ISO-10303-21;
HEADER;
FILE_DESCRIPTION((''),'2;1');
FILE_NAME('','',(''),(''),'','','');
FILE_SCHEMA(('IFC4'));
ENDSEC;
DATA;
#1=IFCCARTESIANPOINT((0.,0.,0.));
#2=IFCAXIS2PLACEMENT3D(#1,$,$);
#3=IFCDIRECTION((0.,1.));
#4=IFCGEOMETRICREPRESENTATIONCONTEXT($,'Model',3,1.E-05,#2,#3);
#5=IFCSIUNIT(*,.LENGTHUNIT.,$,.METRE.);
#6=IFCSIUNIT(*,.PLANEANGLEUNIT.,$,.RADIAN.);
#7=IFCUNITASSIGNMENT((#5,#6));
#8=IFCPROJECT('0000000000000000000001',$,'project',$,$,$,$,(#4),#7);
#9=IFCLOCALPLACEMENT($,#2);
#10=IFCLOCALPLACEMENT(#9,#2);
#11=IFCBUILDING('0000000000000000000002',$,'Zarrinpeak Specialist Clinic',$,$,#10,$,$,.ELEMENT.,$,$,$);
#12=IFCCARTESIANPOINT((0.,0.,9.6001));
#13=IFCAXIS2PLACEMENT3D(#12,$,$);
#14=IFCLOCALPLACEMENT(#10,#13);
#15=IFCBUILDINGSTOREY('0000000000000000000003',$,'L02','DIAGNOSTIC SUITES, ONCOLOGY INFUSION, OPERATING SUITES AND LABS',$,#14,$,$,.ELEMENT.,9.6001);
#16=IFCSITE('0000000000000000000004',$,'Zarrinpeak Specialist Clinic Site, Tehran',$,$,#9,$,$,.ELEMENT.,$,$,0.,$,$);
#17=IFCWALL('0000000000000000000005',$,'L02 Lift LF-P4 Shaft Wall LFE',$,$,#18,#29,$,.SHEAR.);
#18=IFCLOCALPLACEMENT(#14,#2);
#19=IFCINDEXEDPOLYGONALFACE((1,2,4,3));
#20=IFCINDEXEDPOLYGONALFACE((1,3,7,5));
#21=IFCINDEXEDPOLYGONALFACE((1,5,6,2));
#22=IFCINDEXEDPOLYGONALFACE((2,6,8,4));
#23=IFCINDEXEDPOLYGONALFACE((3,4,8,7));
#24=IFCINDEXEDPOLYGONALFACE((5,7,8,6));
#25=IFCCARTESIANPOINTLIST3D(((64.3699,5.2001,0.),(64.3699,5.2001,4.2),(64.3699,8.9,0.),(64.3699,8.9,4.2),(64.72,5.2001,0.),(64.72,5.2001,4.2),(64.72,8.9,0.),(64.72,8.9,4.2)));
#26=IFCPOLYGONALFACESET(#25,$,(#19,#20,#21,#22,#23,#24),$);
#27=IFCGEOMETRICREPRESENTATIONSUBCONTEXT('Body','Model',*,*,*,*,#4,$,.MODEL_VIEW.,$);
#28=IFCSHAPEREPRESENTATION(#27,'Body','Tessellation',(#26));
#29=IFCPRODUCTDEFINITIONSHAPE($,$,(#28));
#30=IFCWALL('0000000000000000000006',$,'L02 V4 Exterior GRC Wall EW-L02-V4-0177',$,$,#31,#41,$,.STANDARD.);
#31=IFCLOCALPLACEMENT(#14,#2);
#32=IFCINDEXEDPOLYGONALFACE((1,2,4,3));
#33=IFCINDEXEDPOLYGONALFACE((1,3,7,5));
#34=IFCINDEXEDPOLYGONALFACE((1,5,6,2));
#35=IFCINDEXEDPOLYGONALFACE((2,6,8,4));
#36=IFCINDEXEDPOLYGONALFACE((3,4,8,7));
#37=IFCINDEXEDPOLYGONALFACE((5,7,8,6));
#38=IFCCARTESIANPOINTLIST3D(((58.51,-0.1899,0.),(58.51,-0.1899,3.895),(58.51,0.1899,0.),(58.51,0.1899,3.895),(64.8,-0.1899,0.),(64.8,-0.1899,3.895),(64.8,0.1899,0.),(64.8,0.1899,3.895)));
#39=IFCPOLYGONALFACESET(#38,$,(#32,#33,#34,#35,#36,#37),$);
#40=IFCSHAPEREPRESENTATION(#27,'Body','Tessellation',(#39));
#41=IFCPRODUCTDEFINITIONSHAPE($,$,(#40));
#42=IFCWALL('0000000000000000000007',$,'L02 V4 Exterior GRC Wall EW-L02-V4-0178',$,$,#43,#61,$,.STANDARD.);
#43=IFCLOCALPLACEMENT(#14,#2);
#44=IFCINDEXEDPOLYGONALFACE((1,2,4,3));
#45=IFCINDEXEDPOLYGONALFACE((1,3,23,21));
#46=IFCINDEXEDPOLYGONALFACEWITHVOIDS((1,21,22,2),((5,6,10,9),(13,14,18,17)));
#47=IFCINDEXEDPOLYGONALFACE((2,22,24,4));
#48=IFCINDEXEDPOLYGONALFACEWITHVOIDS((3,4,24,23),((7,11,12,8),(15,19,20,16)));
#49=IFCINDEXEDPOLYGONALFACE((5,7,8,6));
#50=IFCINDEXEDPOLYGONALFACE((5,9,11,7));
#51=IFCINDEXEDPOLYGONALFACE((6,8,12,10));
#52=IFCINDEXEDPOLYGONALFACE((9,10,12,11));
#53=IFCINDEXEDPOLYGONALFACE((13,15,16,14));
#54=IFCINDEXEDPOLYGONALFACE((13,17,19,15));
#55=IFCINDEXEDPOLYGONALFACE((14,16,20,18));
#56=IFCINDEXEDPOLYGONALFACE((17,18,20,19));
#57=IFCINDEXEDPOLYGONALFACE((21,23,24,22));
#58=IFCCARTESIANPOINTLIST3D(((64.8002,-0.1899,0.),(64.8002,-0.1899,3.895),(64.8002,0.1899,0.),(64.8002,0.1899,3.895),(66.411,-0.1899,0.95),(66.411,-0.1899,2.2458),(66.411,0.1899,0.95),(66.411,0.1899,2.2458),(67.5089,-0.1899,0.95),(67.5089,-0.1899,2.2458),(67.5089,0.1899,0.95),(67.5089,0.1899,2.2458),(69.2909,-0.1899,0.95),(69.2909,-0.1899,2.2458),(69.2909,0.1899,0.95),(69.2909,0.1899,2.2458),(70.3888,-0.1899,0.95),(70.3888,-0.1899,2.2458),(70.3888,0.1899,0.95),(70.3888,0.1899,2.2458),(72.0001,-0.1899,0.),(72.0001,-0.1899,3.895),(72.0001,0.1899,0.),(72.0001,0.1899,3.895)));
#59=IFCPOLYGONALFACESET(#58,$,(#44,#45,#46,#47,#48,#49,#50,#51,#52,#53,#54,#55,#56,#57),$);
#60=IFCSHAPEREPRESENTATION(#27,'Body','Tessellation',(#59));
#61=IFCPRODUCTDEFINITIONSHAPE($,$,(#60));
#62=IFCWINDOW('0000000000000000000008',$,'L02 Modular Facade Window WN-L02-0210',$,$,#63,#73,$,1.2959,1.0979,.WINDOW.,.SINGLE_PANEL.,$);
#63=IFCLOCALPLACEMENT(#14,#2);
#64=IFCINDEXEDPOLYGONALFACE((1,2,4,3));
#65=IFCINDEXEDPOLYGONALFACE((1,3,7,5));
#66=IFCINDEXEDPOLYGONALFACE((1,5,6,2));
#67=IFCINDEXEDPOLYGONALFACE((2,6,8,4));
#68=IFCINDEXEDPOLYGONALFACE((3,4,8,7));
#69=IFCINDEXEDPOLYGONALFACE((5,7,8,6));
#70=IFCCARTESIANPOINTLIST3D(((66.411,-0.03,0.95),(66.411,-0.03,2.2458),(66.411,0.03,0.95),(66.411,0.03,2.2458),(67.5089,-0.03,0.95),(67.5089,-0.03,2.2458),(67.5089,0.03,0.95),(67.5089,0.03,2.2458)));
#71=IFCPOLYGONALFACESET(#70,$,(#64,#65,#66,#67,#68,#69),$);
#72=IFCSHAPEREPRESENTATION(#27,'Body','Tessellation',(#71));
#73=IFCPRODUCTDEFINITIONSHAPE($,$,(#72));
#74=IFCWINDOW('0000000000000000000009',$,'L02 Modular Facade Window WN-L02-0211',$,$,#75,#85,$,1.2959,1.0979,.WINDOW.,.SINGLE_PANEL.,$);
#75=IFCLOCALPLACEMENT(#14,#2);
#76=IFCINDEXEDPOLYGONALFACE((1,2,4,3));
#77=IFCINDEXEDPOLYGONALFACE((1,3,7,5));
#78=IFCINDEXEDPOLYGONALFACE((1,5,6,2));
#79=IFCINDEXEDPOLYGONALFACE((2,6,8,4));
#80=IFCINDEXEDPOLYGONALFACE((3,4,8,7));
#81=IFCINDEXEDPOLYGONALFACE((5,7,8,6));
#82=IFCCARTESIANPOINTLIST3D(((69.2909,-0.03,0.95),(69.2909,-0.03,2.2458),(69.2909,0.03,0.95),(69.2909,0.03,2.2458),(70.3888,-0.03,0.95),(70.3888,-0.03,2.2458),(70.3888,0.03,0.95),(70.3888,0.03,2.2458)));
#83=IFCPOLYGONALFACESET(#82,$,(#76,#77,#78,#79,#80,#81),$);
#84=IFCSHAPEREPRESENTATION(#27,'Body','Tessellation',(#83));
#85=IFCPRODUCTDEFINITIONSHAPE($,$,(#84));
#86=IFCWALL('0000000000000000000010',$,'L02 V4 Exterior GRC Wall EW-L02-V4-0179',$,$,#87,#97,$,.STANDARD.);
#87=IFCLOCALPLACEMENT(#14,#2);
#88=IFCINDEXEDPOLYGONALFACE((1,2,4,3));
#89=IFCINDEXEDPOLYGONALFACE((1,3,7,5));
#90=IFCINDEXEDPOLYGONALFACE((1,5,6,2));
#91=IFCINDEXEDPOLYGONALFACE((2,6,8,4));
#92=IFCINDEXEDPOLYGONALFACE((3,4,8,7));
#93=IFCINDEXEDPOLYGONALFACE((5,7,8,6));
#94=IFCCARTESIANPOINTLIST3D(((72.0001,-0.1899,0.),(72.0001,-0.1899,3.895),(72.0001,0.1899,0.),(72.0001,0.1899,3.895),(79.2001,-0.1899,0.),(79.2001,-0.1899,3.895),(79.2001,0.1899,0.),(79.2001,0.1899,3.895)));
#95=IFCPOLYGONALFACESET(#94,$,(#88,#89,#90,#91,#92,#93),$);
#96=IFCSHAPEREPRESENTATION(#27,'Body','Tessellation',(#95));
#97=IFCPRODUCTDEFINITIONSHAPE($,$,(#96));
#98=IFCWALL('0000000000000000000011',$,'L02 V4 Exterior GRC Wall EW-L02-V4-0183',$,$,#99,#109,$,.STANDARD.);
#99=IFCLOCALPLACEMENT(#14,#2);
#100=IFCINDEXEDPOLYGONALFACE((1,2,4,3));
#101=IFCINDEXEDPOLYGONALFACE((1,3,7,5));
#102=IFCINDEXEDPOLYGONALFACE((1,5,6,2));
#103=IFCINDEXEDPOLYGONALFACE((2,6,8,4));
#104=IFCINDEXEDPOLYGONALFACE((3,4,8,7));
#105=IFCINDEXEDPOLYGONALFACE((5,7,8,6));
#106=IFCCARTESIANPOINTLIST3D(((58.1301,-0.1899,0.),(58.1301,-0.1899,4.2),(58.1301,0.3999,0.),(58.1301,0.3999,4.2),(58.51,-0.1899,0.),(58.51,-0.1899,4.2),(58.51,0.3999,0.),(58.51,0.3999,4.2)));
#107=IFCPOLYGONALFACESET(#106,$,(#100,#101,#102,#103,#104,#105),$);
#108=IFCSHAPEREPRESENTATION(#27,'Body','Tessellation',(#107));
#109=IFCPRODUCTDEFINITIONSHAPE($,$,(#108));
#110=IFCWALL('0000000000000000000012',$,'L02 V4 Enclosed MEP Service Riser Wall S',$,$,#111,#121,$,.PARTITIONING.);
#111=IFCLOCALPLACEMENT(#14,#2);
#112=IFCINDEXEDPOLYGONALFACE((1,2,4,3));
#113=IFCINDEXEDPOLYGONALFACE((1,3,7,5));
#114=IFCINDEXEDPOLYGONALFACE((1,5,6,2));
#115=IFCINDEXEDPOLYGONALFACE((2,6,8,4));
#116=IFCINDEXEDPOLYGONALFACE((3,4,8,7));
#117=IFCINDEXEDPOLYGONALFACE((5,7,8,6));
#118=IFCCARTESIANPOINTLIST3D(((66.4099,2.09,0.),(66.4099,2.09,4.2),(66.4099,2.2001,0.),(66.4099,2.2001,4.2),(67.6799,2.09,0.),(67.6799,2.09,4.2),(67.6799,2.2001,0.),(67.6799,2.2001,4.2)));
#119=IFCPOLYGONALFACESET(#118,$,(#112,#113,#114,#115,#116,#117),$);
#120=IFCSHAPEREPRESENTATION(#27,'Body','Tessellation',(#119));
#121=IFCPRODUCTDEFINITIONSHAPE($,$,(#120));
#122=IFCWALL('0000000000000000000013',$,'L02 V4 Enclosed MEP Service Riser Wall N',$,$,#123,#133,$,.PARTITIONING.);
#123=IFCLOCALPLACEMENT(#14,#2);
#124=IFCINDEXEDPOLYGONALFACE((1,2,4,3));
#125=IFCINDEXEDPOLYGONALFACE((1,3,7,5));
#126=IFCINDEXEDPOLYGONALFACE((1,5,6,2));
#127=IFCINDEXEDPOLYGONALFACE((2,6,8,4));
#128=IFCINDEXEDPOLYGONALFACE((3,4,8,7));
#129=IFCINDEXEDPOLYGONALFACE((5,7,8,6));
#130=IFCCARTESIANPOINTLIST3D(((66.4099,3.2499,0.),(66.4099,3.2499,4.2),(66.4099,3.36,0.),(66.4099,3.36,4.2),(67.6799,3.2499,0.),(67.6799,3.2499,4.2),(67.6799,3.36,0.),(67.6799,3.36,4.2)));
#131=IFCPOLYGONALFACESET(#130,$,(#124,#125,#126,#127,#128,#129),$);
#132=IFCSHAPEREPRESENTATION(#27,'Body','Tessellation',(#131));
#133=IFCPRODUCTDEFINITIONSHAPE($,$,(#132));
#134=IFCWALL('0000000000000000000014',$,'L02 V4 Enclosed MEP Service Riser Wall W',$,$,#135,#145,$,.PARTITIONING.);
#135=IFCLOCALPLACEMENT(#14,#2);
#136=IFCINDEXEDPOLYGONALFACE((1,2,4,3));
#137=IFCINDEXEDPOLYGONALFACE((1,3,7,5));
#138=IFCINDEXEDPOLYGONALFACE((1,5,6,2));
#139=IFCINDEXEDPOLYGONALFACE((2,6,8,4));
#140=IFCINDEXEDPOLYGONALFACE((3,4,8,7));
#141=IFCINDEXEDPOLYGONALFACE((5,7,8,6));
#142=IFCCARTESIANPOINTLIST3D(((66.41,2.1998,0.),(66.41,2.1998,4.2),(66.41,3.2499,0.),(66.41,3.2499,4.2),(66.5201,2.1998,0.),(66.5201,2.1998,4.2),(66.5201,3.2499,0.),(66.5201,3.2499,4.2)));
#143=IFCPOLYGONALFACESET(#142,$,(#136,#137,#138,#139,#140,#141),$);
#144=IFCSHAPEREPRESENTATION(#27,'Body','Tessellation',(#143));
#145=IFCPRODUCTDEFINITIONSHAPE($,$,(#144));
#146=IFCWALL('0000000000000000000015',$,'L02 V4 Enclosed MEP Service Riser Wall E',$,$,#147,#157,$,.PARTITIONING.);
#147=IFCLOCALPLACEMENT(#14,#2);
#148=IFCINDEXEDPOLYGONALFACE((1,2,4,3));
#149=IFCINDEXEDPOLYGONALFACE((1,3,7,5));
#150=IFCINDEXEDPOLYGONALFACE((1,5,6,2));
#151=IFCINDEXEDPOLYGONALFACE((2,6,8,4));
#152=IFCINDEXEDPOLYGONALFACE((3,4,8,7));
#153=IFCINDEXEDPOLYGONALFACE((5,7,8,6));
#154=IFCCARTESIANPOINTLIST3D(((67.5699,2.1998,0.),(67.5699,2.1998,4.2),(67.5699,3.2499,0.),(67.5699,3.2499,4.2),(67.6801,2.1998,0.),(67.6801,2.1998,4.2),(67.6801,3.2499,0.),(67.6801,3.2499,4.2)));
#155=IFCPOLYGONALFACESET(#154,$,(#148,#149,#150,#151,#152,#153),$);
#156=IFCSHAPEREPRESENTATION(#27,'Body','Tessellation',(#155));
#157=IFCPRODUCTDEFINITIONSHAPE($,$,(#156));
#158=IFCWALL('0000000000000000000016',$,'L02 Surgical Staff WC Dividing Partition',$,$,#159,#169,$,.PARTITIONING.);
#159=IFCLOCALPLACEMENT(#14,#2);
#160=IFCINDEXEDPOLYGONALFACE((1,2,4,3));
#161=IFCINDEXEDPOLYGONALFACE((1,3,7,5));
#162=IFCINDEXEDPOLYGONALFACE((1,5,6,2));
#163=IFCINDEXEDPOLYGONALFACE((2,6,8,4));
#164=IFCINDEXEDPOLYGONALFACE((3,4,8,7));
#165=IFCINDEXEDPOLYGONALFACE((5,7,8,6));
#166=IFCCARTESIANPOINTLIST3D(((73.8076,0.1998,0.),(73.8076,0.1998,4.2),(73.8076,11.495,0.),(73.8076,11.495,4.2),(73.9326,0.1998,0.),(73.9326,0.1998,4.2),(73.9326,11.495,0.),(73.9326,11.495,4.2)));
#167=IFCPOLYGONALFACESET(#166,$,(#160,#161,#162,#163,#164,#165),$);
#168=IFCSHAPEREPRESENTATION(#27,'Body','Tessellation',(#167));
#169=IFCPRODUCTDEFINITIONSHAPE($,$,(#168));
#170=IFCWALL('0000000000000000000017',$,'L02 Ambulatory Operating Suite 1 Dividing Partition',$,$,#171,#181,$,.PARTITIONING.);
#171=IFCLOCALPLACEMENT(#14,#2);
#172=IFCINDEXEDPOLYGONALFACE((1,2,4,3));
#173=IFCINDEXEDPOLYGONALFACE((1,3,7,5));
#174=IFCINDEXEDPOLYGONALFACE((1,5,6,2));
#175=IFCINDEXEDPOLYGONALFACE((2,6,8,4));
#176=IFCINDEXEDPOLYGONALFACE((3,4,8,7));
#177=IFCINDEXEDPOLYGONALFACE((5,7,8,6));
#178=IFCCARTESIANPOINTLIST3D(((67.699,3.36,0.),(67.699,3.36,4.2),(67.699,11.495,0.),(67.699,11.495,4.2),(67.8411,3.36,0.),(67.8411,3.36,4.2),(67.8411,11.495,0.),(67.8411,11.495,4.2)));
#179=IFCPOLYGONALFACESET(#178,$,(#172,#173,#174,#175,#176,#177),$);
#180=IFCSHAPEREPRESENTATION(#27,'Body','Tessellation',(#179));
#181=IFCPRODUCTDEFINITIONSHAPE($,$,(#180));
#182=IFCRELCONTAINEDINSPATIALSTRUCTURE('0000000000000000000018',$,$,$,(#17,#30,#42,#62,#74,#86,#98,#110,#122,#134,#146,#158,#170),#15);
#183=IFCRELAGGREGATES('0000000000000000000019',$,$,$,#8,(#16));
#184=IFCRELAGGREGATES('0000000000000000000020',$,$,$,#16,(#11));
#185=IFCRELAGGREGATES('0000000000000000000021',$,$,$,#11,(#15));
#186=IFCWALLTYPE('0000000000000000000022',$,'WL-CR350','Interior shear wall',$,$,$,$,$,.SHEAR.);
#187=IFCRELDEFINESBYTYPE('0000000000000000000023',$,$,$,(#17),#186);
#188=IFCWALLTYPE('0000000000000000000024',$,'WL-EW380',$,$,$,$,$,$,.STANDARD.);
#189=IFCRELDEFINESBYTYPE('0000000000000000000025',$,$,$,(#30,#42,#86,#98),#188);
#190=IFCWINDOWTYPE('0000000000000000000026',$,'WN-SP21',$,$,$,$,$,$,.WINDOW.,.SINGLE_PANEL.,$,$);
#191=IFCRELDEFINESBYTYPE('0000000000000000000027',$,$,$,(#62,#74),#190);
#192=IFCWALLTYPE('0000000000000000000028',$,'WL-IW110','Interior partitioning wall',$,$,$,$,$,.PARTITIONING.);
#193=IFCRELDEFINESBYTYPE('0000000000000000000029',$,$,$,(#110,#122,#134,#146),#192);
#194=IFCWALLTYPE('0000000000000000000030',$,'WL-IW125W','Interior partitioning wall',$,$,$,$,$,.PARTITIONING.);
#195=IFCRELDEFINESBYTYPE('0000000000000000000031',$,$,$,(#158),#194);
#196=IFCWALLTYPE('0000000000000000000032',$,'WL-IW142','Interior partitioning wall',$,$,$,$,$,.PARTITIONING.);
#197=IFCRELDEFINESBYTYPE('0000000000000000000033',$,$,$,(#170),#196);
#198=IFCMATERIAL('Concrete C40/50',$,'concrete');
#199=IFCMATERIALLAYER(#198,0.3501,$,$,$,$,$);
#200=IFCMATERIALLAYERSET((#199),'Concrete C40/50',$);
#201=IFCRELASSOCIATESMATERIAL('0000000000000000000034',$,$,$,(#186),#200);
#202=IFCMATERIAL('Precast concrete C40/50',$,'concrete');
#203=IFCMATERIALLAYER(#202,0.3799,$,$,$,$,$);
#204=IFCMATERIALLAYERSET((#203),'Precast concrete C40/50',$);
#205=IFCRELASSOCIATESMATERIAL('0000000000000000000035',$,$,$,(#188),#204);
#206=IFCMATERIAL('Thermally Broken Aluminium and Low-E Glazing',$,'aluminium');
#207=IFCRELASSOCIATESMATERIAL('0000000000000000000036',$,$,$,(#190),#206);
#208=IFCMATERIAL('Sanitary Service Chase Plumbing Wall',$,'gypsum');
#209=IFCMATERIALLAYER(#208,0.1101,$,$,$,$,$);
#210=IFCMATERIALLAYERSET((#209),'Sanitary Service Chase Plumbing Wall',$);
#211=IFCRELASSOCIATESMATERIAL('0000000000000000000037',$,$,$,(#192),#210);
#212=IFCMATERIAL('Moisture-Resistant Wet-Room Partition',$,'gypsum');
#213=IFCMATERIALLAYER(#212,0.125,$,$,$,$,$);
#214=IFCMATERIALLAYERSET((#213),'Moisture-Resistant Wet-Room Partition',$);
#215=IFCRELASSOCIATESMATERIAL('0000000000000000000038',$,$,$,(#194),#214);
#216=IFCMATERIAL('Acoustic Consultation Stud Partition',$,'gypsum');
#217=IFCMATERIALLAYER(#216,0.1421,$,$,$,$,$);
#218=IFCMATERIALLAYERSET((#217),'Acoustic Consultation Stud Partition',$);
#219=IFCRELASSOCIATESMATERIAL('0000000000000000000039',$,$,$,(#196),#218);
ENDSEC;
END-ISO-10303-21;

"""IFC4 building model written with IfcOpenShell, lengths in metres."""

from ifc_helpers import new_model, si_unit, direction, frame, frame_2d, origin, place, context, subcontext, project, spatial, rectangle, extrude, material, layer, layer_set, type_object, element, fill, save


model = new_model("IFC4")

# Units and contexts
model_context = context("Model", 3, precision=1e-05, world=origin(), true_north=direction((0.0, 1.0)))
body_context = subcontext(model_context, "Body", "Model", "MODEL_VIEW")
ifc_project = project(units=[si_unit("LENGTHUNIT", "METRE"), si_unit("PLANEANGLEUNIT", "RADIAN")], contexts=[model_context])

# Site, building, storey
site_placement = place(None, origin())
site = spatial("IfcSite", under=ifc_project, at=site_placement, Name="Zarrinpeak Specialist Clinic Site, Tehran", CompositionType="ELEMENT", RefElevation=0.0)
building_placement = place(site_placement, origin())
building = spatial("IfcBuilding", under=site, at=building_placement, Name="Zarrinpeak Specialist Clinic", CompositionType="ELEMENT")
storey_placement = place(building_placement, frame((0.0, 0.0, 9.6001)))
storey = spatial("IfcBuildingStorey", under=building, at=storey_placement, Name="L02", Description="DIAGNOSTIC SUITES, ONCOLOGY INFUSION, OPERATING SUITES AND LABS", CompositionType="ELEMENT", Elevation=9.6001)

# Walls
ifc_material_1 = material(Name="Concrete C40/50", Category="concrete")
ifc_layer_1 = layer(ifc_material_1, 0.3501)
ifc_layer_set_1 = layer_set([ifc_layer_1], Name="Concrete C40/50")
wall_type_1 = type_object("IfcWallType", Name="WL-CR350", Description="Interior shear wall", PredefinedType="SHEAR", material=ifc_layer_set_1)
wall_1_placement = place(storey_placement, frame((64.5449, 5.2, 0.0), z_axis=(0.0, 0.0, 1.0), x_axis=(0.0, 1.0, 0.0)))
element("IfcWall", 1, at=wall_1_placement, inside=storey, type_object=wall_type_1, Name="L02 Lift LF-P4 Shaft Wall LFE", PredefinedType="SHEAR", context=body_context, shape_type="SweptSolid", body=[
    extrude(rectangle(XDim=3.7, YDim=0.3501, at=frame_2d((1.8501, 0.0))), origin(), (0.0, 0.0, 1.0), 4.2),
])
ifc_material_2 = material(Name="Precast concrete C40/50", Category="concrete")
ifc_layer_2 = layer(ifc_material_2, 0.3799)
ifc_layer_set_2 = layer_set([ifc_layer_2], Name="Precast concrete C40/50")
wall_type_2 = type_object("IfcWallType", Name="WL-EW380", PredefinedType="STANDARD", material=ifc_layer_set_2)
wall_2_placement = place(storey_placement, frame((58.51, 0.0, 0.0), z_axis=(0.0, 0.0, 1.0), x_axis=(1.0, 0.0, 0.0)))
element("IfcWall", 2, at=wall_2_placement, inside=storey, type_object=wall_type_2, Name="L02 V4 Exterior GRC Wall EW-L02-V4-0177", PredefinedType="STANDARD", context=body_context, shape_type="SweptSolid", body=[
    extrude(rectangle(XDim=6.29, YDim=0.3799, at=frame_2d((3.145, 0.0))), origin(), (0.0, 0.0, 1.0), 3.895),
])

# Wall, openings, windows
wall_3_placement = place(storey_placement, frame((64.8, 0.0, 0.0), z_axis=(0.0, 0.0, 1.0), x_axis=(1.0, 0.0, 0.0)))
wall_3 = element("IfcWall", 3, at=wall_3_placement, inside=storey, type_object=wall_type_2, Name="L02 V4 Exterior GRC Wall EW-L02-V4-0178", PredefinedType="STANDARD", context=body_context, shape_type="SweptSolid", body=[
    extrude(rectangle(XDim=7.2, YDim=0.3799, at=frame_2d((3.6001, 0.0))), origin(), (0.0, 0.0, 1.0), 3.895),
])
opening_1_placement = place(wall_3_placement, frame((1.6111, 0.0, 0.95)))
opening_1 = element("IfcOpeningElement", 4, at=opening_1_placement, cuts=wall_3, PredefinedType="OPENING", context=body_context, shape_type="SweptSolid", body=[
    extrude(rectangle(XDim=1.0979, YDim=1.2959, at=frame_2d((0.5488, 0.6479))), frame((0.0, 0.2, 0.0), z_axis=(0.0, -1.0, 0.0), x_axis=(1.0, 0.0, 0.0)), (0.0, 0.0, 1.0), 0.3999),
])
opening_2_placement = place(wall_3_placement, frame((4.491, 0.0, 0.95)))
opening_2 = element("IfcOpeningElement", 5, at=opening_2_placement, cuts=wall_3, PredefinedType="OPENING", context=body_context, shape_type="SweptSolid", body=[
    extrude(rectangle(XDim=1.0979, YDim=1.2959, at=frame_2d((0.5488, 0.6479))), frame((0.0, 0.2, 0.0), z_axis=(0.0, -1.0, 0.0), x_axis=(1.0, 0.0, 0.0)), (0.0, 0.0, 1.0), 0.3999),
])
ifc_material_3 = material(Name="Thermally Broken Aluminium and Low-E Glazing", Category="aluminium")
window_type = type_object("IfcWindowType", Name="WN-SP21", PartitioningType="SINGLE_PANEL", PredefinedType="WINDOW", material=ifc_material_3)
window_1_placement = place(opening_1_placement, origin())
window_1 = element("IfcWindow", 6, at=window_1_placement, inside=storey, type_object=window_type, Name="L02 Modular Facade Window WN-L02-0210", OverallHeight=1.2959, OverallWidth=1.0979, PartitioningType="SINGLE_PANEL", PredefinedType="WINDOW", context=body_context, shape_type="SweptSolid", body=[
    extrude(rectangle(XDim=1.0979, YDim=1.2959, at=frame_2d((0.5488, 0.6479))), frame((0.0, 0.03, 0.0), z_axis=(0.0, -1.0, 0.0), x_axis=(1.0, 0.0, 0.0)), (0.0, 0.0, 1.0), 0.0601),
])
fill(opening_1, window_1)
window_2_placement = place(opening_2_placement, origin())
window_2 = element("IfcWindow", 7, at=window_2_placement, inside=storey, type_object=window_type, Name="L02 Modular Facade Window WN-L02-0211", OverallHeight=1.2959, OverallWidth=1.0979, PartitioningType="SINGLE_PANEL", PredefinedType="WINDOW", context=body_context, shape_type="SweptSolid", body=[
    extrude(rectangle(XDim=1.0979, YDim=1.2959, at=frame_2d((0.5488, 0.6479))), frame((0.0, 0.03, 0.0), z_axis=(0.0, -1.0, 0.0), x_axis=(1.0, 0.0, 0.0)), (0.0, 0.0, 1.0), 0.0601),
])
fill(opening_2, window_2)

# Walls
wall_4_placement = place(storey_placement, frame((72.0, 0.0, 0.0), z_axis=(0.0, 0.0, 1.0), x_axis=(1.0, 0.0, 0.0)))
element("IfcWall", 8, at=wall_4_placement, inside=storey, type_object=wall_type_2, Name="L02 V4 Exterior GRC Wall EW-L02-V4-0179", PredefinedType="STANDARD", context=body_context, shape_type="SweptSolid", body=[
    extrude(rectangle(XDim=7.2, YDim=0.3799, at=frame_2d((3.6001, 0.0))), origin(), (0.0, 0.0, 1.0), 3.895),
])
wall_5_placement = place(storey_placement, frame((58.3201, 0.3999, 0.0), z_axis=(0.0, 0.0, 1.0), x_axis=(0.0, -1.0, 0.0)))
element("IfcWall", 9, at=wall_5_placement, inside=storey, type_object=wall_type_2, Name="L02 V4 Exterior GRC Wall EW-L02-V4-0183", PredefinedType="STANDARD", context=body_context, shape_type="SweptSolid", body=[
    extrude(rectangle(XDim=0.5898, YDim=0.3799, at=frame_2d((0.2949, 0.0))), origin(), (0.0, 0.0, 1.0), 4.2),
])
ifc_material_4 = material(Name="Sanitary Service Chase Plumbing Wall", Category="gypsum")
ifc_layer_3 = layer(ifc_material_4, 0.1101)
ifc_layer_set_3 = layer_set([ifc_layer_3], Name="Sanitary Service Chase Plumbing Wall")
wall_type_3 = type_object("IfcWallType", Name="WL-IW110", Description="Interior partitioning wall", PredefinedType="PARTITIONING", material=ifc_layer_set_3)
for number, where, z_axis, x_axis, name in (
    (10, (66.4099, 2.145, 0.0), (0.0, 0.0, 1.0), (1.0, 0.0, 0.0), "L02 V4 Enclosed MEP Service Riser Wall S"),
    (11, (66.4099, 3.3049, 0.0), (0.0, 0.0, 1.0), (1.0, 0.0, 0.0), "L02 V4 Enclosed MEP Service Riser Wall N"),
):
    element("IfcWall", number, at=place(storey_placement, frame(where, z_axis=z_axis, x_axis=x_axis)), inside=storey, type_object=wall_type_3, Name=name, PredefinedType="PARTITIONING", context=body_context, shape_type="SweptSolid", body=[
        extrude(rectangle(XDim=1.27, YDim=0.1101, at=frame_2d((0.635, 0.0))), origin(), (0.0, 0.0, 1.0), 4.2),
    ])
for number, where, z_axis, x_axis, name in (
    (12, (66.4651, 2.2, 0.0), (0.0, 0.0, 1.0), (0.0, 1.0, 0.0), "L02 V4 Enclosed MEP Service Riser Wall W"),
    (13, (67.625, 2.2, 0.0), (0.0, 0.0, 1.0), (0.0, 1.0, 0.0), "L02 V4 Enclosed MEP Service Riser Wall E"),
):
    element("IfcWall", number, at=place(storey_placement, frame(where, z_axis=z_axis, x_axis=x_axis)), inside=storey, type_object=wall_type_3, Name=name, PredefinedType="PARTITIONING", context=body_context, shape_type="SweptSolid", body=[
        extrude(rectangle(XDim=1.05, YDim=0.1101, at=frame_2d((0.5249, 0.0))), origin(), (0.0, 0.0, 1.0), 4.2),
    ])
ifc_material_5 = material(Name="Moisture-Resistant Wet-Room Partition", Category="gypsum")
ifc_layer_4 = layer(ifc_material_5, 0.125)
ifc_layer_set_4 = layer_set([ifc_layer_4], Name="Moisture-Resistant Wet-Room Partition")
wall_type_4 = type_object("IfcWallType", Name="WL-IW125W", Description="Interior partitioning wall", PredefinedType="PARTITIONING", material=ifc_layer_set_4)
wall_6_placement = place(storey_placement, frame((73.8701, 0.2, 0.0), z_axis=(0.0, 0.0, 1.0), x_axis=(0.0, 1.0, 0.0)))
element("IfcWall", 14, at=wall_6_placement, inside=storey, type_object=wall_type_4, Name="L02 Surgical Staff WC Dividing Partition", PredefinedType="PARTITIONING", context=body_context, shape_type="SweptSolid", body=[
    extrude(rectangle(XDim=11.2952, YDim=0.125, at=frame_2d((5.6475, 0.0))), origin(), (0.0, 0.0, 1.0), 4.2),
])
ifc_material_6 = material(Name="Acoustic Consultation Stud Partition", Category="gypsum")
ifc_layer_5 = layer(ifc_material_6, 0.1421)
ifc_layer_set_5 = layer_set([ifc_layer_5], Name="Acoustic Consultation Stud Partition")
wall_type_5 = type_object("IfcWallType", Name="WL-IW142", Description="Interior partitioning wall", PredefinedType="PARTITIONING", material=ifc_layer_set_5)
wall_7_placement = place(storey_placement, frame((67.77, 3.3601, 0.0), z_axis=(0.0, 0.0, 1.0), x_axis=(0.0, 1.0, 0.0)))
element("IfcWall", 15, at=wall_7_placement, inside=storey, type_object=wall_type_5, Name="L02 Ambulatory Operating Suite 1 Dividing Partition", PredefinedType="PARTITIONING", context=body_context, shape_type="SweptSolid", body=[
    extrude(rectangle(XDim=8.135, YDim=0.1421, at=frame_2d((4.0674, 0.0))), origin(), (0.0, 0.0, 1.0), 4.2),
])

save(model, "model.ifc")
